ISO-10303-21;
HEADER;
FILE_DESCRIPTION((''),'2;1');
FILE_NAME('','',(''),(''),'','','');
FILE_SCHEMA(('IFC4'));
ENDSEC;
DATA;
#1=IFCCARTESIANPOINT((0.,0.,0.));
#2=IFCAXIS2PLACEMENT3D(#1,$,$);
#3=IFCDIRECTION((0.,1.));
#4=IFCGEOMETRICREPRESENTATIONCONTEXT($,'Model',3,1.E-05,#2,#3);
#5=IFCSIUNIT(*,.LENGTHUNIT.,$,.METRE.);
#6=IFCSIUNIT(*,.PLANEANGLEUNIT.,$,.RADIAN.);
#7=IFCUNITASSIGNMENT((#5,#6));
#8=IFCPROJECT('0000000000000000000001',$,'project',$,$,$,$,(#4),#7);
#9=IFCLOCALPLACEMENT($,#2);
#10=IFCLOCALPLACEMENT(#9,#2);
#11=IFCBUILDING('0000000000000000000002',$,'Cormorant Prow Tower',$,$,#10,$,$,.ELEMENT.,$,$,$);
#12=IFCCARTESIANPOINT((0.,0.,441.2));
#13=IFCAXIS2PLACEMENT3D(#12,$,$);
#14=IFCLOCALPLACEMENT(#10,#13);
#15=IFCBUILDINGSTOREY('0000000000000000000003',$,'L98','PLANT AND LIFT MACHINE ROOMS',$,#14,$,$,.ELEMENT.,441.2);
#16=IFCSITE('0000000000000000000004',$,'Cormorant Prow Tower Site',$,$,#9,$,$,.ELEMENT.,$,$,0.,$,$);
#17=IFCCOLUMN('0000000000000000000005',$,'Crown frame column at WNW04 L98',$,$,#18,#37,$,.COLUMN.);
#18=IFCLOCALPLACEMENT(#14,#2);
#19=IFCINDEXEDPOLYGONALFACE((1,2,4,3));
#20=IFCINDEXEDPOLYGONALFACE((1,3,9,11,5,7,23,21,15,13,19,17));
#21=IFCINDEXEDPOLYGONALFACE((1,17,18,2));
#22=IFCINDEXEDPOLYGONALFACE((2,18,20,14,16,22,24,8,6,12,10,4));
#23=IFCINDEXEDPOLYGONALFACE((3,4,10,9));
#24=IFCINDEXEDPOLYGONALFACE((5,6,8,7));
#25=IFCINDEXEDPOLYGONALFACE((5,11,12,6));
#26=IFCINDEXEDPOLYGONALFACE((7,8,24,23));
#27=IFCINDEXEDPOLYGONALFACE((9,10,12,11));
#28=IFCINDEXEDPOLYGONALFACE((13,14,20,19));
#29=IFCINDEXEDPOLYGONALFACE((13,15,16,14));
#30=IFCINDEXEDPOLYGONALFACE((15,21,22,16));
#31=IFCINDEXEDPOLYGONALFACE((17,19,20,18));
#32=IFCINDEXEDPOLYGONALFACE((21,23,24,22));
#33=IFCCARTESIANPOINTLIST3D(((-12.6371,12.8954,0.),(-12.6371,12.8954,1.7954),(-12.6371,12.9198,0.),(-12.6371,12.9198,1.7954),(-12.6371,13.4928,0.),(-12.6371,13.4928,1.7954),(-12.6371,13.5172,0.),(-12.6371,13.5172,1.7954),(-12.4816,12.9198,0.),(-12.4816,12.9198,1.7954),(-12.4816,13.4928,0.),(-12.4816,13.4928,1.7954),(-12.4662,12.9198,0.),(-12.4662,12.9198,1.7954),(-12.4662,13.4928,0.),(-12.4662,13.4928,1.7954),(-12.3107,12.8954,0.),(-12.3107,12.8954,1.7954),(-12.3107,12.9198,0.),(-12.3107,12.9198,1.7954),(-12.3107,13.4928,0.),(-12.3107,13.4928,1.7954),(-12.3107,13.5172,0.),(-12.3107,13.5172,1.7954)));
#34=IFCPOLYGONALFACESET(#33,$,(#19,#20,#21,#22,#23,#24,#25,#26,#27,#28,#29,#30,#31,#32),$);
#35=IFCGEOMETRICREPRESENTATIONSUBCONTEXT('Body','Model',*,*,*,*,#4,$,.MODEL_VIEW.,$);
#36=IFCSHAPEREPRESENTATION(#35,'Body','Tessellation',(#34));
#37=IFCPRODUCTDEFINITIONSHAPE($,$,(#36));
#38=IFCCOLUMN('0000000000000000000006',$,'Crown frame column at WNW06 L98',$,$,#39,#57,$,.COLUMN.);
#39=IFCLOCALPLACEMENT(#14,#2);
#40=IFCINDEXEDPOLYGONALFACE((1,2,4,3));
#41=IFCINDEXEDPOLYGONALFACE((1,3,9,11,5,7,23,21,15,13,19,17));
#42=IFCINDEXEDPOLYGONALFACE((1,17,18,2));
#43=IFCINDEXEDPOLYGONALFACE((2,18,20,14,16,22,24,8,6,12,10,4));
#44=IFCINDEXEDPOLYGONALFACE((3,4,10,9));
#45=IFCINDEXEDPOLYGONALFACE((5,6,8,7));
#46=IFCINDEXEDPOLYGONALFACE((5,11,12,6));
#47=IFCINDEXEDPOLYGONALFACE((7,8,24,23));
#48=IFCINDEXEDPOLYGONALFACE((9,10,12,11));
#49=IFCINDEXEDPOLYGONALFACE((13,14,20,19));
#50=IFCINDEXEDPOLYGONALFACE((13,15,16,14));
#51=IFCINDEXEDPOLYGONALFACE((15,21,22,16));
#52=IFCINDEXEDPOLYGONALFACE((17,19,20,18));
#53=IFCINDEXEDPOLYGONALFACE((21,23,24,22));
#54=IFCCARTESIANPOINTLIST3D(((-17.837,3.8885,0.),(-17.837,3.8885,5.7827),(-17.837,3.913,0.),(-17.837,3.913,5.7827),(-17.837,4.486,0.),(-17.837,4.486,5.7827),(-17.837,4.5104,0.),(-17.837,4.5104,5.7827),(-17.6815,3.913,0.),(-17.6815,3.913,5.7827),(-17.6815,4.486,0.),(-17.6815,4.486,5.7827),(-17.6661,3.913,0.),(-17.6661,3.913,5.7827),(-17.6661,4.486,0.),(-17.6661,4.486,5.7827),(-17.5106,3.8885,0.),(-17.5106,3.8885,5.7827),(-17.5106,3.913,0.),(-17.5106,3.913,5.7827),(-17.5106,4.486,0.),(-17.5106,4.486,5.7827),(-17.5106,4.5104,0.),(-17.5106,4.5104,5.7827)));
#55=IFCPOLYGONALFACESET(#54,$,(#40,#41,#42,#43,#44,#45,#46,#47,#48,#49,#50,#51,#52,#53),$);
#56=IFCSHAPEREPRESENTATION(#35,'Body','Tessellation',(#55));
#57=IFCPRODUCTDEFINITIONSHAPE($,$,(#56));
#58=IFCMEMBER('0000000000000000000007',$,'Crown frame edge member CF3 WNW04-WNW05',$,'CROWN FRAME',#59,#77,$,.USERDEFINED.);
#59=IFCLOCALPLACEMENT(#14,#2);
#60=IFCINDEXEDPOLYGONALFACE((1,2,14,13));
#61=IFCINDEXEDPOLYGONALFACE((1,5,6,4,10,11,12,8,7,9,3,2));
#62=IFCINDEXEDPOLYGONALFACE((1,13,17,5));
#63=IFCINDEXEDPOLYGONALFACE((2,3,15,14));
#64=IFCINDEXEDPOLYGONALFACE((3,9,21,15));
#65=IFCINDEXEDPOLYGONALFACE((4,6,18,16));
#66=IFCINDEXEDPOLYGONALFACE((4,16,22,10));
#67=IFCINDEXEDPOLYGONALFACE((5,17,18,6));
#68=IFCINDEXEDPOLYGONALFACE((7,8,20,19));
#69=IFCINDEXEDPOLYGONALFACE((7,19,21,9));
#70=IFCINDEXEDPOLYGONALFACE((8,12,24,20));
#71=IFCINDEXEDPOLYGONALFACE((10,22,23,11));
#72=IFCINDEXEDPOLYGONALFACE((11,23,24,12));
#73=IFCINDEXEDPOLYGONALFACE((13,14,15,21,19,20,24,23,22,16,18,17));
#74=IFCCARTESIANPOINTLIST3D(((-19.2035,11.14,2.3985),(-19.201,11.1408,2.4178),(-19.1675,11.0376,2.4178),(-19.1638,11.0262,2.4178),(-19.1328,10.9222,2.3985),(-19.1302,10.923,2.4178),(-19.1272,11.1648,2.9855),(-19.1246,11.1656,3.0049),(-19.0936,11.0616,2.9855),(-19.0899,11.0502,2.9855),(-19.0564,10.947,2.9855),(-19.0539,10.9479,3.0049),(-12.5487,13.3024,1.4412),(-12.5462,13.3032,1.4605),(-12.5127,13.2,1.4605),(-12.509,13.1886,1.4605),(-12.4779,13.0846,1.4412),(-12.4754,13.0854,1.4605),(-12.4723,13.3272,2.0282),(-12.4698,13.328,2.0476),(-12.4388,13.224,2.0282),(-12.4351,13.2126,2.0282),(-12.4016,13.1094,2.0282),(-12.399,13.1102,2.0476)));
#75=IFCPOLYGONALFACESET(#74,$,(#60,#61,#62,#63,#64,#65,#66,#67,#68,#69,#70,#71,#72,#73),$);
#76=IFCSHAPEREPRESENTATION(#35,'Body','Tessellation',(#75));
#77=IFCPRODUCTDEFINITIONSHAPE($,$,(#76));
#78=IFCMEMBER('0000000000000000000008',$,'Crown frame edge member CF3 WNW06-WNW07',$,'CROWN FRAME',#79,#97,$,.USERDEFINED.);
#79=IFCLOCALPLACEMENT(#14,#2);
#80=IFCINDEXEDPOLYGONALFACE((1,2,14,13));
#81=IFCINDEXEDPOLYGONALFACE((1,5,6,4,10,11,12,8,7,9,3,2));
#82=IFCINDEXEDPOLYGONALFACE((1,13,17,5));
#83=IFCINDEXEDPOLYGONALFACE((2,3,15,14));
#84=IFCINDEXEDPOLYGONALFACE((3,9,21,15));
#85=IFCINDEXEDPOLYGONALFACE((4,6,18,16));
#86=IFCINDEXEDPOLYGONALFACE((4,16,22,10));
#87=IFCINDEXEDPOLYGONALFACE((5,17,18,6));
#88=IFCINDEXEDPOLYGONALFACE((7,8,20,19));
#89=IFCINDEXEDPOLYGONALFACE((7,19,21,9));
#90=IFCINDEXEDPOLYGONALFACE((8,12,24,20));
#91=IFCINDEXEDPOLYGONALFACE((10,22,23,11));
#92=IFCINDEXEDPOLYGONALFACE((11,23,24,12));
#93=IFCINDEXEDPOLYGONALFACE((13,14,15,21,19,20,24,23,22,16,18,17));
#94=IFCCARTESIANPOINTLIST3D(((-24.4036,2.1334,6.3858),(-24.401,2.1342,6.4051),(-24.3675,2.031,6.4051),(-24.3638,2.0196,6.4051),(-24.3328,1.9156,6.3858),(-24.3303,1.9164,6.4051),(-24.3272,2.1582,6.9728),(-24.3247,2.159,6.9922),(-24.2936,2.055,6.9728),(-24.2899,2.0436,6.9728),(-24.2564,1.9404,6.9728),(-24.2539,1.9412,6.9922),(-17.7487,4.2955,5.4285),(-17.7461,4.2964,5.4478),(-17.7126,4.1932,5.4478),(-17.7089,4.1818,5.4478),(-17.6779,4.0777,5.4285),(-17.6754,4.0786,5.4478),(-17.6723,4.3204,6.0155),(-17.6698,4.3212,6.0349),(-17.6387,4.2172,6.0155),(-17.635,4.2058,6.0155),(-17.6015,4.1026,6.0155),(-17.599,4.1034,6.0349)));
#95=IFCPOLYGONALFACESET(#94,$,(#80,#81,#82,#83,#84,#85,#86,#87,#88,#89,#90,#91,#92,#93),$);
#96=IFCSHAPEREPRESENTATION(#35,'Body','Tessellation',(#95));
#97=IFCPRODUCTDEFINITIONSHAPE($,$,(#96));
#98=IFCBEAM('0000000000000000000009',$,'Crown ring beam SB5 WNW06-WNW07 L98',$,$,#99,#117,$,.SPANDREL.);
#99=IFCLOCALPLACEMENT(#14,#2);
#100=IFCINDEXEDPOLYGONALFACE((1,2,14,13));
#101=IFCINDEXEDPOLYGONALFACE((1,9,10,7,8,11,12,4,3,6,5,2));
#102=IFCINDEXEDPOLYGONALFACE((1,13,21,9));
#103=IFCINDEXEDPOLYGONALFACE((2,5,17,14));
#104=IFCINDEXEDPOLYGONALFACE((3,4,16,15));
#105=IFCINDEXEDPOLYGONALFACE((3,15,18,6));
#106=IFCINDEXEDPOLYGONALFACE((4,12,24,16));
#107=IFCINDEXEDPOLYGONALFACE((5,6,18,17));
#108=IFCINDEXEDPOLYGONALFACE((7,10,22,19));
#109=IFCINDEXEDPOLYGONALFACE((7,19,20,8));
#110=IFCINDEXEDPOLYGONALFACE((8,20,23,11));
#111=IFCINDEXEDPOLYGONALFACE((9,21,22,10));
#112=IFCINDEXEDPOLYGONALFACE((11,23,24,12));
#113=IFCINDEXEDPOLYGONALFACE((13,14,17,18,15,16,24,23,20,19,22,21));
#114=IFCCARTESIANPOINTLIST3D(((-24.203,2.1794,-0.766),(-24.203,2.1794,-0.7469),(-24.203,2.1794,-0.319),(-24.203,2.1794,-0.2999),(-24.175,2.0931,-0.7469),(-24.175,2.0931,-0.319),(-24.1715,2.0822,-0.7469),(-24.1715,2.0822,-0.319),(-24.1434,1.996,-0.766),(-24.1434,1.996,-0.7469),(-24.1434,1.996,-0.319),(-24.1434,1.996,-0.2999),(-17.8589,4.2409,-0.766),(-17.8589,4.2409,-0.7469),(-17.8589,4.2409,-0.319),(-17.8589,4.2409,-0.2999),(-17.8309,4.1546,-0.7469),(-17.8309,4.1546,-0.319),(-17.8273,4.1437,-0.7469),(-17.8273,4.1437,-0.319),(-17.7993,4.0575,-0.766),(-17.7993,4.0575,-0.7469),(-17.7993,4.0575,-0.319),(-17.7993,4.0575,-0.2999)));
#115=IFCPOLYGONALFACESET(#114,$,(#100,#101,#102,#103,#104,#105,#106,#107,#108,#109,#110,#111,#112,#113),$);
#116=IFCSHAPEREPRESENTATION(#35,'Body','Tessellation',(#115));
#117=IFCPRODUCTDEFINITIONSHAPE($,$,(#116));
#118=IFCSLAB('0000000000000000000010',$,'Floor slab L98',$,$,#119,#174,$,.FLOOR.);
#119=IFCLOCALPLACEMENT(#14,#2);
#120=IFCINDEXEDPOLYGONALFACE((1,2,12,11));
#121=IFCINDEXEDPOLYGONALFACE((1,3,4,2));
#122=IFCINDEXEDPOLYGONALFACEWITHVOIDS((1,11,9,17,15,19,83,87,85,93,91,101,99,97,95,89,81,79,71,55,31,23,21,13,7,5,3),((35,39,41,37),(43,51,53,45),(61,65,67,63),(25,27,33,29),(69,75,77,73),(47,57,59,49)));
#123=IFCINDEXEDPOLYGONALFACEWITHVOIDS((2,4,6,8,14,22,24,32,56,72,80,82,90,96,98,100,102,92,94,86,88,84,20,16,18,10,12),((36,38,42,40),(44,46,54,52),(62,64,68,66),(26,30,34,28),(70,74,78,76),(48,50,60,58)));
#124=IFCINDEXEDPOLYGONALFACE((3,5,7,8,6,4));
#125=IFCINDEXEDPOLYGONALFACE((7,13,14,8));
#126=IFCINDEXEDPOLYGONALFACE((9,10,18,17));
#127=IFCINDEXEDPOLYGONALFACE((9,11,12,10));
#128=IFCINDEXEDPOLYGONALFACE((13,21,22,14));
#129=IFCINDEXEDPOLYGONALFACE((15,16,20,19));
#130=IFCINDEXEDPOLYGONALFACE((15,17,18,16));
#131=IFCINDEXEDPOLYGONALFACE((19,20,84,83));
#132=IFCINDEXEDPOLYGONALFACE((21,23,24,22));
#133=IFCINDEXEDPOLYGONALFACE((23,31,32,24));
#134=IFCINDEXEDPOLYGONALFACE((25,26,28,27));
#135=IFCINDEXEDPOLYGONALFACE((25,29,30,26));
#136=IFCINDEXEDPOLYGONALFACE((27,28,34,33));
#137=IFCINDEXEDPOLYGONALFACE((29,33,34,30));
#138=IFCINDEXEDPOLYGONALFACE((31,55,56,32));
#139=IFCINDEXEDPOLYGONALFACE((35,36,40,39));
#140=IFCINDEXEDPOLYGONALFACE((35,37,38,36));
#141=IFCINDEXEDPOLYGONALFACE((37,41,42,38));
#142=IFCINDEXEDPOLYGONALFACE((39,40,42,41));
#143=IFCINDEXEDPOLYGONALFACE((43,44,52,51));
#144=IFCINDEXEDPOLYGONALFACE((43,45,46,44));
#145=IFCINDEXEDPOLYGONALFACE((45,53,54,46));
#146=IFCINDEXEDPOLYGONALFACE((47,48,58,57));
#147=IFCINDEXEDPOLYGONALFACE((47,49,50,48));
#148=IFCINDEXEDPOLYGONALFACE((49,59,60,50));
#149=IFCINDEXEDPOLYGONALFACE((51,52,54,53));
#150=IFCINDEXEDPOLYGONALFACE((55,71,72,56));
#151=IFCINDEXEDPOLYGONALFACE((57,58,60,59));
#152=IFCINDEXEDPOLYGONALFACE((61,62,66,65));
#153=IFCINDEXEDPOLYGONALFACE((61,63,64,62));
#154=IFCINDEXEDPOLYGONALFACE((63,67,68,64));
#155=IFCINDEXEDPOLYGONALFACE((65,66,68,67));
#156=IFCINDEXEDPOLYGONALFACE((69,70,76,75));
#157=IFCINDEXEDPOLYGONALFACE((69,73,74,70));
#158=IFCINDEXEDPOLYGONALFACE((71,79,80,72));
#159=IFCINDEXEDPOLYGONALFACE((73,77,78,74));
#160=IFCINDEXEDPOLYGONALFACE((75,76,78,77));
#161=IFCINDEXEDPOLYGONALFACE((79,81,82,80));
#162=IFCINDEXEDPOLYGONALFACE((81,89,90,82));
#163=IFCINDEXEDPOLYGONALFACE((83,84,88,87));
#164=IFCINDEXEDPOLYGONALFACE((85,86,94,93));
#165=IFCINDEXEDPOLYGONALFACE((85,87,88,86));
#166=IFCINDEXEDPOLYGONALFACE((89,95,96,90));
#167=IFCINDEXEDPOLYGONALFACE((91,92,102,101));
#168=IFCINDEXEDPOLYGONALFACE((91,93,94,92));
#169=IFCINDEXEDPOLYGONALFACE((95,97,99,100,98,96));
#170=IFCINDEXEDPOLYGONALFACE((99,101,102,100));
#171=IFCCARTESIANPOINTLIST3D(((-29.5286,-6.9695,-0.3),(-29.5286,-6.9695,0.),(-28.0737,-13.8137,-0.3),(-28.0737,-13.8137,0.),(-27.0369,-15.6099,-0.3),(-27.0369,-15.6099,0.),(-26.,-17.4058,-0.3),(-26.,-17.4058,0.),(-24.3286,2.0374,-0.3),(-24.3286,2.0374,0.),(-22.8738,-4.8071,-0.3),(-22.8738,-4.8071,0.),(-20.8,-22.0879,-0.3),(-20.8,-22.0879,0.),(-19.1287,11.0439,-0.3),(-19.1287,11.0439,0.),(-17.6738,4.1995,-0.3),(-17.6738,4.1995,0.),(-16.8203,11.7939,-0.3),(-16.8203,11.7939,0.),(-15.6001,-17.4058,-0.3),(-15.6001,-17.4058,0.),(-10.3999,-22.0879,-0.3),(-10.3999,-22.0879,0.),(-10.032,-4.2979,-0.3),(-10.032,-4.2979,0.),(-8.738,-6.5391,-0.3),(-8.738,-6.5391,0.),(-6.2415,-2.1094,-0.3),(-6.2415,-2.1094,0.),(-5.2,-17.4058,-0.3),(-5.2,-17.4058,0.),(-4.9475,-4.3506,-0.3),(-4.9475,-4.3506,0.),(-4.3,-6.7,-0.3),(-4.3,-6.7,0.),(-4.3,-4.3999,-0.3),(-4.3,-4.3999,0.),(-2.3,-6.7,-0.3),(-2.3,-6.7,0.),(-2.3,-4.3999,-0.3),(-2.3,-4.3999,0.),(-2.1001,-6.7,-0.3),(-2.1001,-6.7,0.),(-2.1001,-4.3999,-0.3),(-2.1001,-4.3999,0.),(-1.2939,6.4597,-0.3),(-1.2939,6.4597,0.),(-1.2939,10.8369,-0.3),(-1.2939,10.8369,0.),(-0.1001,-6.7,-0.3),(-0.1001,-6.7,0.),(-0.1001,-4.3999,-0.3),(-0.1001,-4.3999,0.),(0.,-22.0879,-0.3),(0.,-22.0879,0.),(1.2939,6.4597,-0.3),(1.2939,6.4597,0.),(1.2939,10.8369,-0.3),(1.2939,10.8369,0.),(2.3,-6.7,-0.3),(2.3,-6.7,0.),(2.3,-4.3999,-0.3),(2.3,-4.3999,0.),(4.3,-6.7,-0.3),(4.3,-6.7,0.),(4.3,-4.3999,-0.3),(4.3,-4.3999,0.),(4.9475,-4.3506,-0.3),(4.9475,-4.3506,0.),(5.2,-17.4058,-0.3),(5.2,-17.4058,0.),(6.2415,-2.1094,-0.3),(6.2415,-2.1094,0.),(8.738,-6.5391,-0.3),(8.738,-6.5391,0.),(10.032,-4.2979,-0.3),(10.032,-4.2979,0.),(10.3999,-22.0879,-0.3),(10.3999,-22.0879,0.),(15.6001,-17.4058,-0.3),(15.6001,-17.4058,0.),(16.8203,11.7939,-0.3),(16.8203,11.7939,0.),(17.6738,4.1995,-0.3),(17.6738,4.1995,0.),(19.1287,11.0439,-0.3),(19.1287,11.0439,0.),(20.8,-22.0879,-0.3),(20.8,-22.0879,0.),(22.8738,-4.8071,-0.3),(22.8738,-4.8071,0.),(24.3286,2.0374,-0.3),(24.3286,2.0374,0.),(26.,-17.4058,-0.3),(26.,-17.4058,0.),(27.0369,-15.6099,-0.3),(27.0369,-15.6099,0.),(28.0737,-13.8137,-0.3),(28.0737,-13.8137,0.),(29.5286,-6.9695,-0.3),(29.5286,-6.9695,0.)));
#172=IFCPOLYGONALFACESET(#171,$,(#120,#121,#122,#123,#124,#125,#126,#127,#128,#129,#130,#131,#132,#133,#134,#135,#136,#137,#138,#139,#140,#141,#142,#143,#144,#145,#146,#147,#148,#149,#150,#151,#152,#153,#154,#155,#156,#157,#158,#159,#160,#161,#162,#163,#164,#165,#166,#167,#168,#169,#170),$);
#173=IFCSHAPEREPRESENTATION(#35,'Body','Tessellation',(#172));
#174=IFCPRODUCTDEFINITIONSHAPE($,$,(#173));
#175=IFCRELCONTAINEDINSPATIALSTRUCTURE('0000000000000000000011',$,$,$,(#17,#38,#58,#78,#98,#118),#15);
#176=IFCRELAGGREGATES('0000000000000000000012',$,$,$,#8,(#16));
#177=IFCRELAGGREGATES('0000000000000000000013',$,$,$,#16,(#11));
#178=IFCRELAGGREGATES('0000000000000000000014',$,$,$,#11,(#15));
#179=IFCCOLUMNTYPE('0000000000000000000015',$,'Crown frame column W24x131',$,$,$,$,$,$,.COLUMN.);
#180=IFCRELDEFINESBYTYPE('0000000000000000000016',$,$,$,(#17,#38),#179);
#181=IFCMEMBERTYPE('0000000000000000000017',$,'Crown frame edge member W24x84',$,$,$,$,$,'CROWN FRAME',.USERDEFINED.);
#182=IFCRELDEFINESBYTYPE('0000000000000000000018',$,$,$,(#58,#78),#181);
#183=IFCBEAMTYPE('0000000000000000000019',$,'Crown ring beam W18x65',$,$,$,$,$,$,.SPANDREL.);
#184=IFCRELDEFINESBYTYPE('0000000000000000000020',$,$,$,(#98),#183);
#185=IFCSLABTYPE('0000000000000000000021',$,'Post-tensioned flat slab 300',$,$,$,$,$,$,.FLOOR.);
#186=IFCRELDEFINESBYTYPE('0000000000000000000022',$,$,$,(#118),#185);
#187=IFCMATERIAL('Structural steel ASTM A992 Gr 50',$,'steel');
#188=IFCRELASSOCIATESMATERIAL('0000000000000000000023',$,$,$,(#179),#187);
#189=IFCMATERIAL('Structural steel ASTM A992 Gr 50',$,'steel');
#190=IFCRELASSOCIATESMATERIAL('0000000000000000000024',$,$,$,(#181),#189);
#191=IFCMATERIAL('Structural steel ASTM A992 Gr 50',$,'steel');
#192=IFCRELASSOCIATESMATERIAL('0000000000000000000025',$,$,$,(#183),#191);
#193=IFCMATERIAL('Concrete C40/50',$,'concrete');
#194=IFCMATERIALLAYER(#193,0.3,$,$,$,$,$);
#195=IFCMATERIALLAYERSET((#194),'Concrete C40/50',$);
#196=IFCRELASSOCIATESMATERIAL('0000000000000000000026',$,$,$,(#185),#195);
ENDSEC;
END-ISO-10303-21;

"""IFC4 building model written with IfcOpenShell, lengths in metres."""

from ifc_helpers import new_model, si_unit, direction, frame, origin, origin_2d, place, context, subcontext, project, spatial, polyline, i_section, outline, extrude, material, layer, layer_set, material_profile, profile_set, type_object, element, save


model = new_model("IFC4")

# Units and contexts
model_context = context("Model", 3, precision=1e-05, world=origin(), true_north=direction((0.0, 1.0)))
body_context = subcontext(model_context, "Body", "Model", "MODEL_VIEW")
ifc_project = project(units=[si_unit("LENGTHUNIT", "METRE"), si_unit("PLANEANGLEUNIT", "RADIAN")], contexts=[model_context])

# Site, building, storey
site_placement = place(None, origin())
site = spatial("IfcSite", under=ifc_project, at=site_placement, Name="Cormorant Prow Tower Site", CompositionType="ELEMENT", RefElevation=0.0)
building_placement = place(site_placement, origin())
building = spatial("IfcBuilding", under=site, at=building_placement, Name="Cormorant Prow Tower", CompositionType="ELEMENT")
storey_placement = place(building_placement, frame((0.0, 0.0, 441.2)))
storey = spatial("IfcBuildingStorey", under=building, at=storey_placement, Name="L98", Description="PLANT AND LIFT MACHINE ROOMS", CompositionType="ELEMENT", Elevation=441.2)

# Columns
ifc_material_1 = material(Name="Structural steel ASTM A992 Gr 50", Category="steel")
ifc_material_profile_1 = material_profile(ifc_material_1, i_section(OverallWidth=0.3264, OverallDepth=0.6218, WebThickness=0.0154, FlangeThickness=0.0244, at=origin_2d()), Name="W24x131")
ifc_profile_set_1 = profile_set([ifc_material_profile_1], Name="Structural steel ASTM A992 Gr 50")
column_type = type_object("IfcColumnType", Name="Crown frame column W24x131", PredefinedType="COLUMN", material=ifc_profile_set_1)
column_1_placement = place(storey_placement, frame((-12.4739, 13.2063, 0.0), z_axis=(0.0, 0.0, 1.0), x_axis=(1.0, 0.0, 0.0)))
element("IfcColumn", 1, at=column_1_placement, inside=storey, type_object=column_type, Name="Crown frame column at WNW04 L98", PredefinedType="COLUMN", context=body_context, shape_type="SweptSolid", body=[
    extrude(i_section(OverallWidth=0.3264, OverallDepth=0.6218, WebThickness=0.0154, FlangeThickness=0.0244, at=origin_2d()), origin(), (0.0, 0.0, 1.0), 1.7954),
])
column_2_placement = place(storey_placement, frame((-17.6738, 4.1995, 0.0), z_axis=(0.0, 0.0, 1.0), x_axis=(1.0, 0.0, 0.0)))
element("IfcColumn", 2, at=column_2_placement, inside=storey, type_object=column_type, Name="Crown frame column at WNW06 L98", PredefinedType="COLUMN", context=body_context, shape_type="SweptSolid", body=[
    extrude(i_section(OverallWidth=0.3264, OverallDepth=0.6218, WebThickness=0.0154, FlangeThickness=0.0244, at=origin_2d()), origin(), (0.0, 0.0, 1.0), 5.7827),
])

# Members
ifc_material_2 = material(Name="Structural steel ASTM A992 Gr 50", Category="steel")
ifc_material_profile_2 = material_profile(ifc_material_2, i_section(OverallWidth=0.229, OverallDepth=0.6121, WebThickness=0.012, FlangeThickness=0.0195, at=origin_2d()), Name="W24x84")
ifc_profile_set_2 = profile_set([ifc_material_profile_2], Name="Structural steel ASTM A992 Gr 50")
member_type = type_object("IfcMemberType", Name="Crown frame edge member W24x84", ElementType="CROWN FRAME", PredefinedType="USERDEFINED", material=ifc_profile_set_2)
for number, where, z_axis, x_axis, name in (
    (3, (-12.4739, 13.2063, 1.7444), (-0.942276, -0.306176, 0.135544), (0.309028, -0.951053, 0.0), "Crown frame edge member CF3 WNW04-WNW05"),
    (4, (-17.6738, 4.1995, 5.7317), (-0.942286, -0.306144, 0.135546), (0.308996, -0.951063, 0.0), "Crown frame edge member CF3 WNW06-WNW07"),
):
    element("IfcMember", number, at=place(storey_placement, frame(where, z_axis=z_axis, x_axis=x_axis)), inside=storey, type_object=member_type, Name=name, ObjectType="CROWN FRAME", PredefinedType="USERDEFINED", context=body_context, shape_type="SweptSolid", body=[
        extrude(i_section(OverallWidth=0.229, OverallDepth=0.6121, WebThickness=0.012, FlangeThickness=0.0195, at=origin_2d()), origin(), (0.0, 0.0, 1.0), 7.0625),
    ])

# Beam
ifc_material_3 = material(Name="Structural steel ASTM A992 Gr 50", Category="steel")
ifc_material_profile_3 = material_profile(ifc_material_3, i_section(OverallWidth=0.1929, OverallDepth=0.4661, WebThickness=0.0115, FlangeThickness=0.019, at=origin_2d()), Name="W18x65")
ifc_profile_set_3 = profile_set([ifc_material_profile_3], Name="Structural steel ASTM A992 Gr 50")
beam_type = type_object("IfcBeamType", Name="Crown ring beam W18x65", PredefinedType="SPANDREL", material=ifc_profile_set_3)
beam_placement = place(storey_placement, frame((-17.8291, 4.1492, -0.533), z_axis=(-0.95105, -0.309038, 0.0), x_axis=(0.309038, -0.95105, 0.0)))
element("IfcBeam", 5, at=beam_placement, inside=storey, type_object=beam_type, Name="Crown ring beam SB5 WNW06-WNW07 L98", PredefinedType="SPANDREL", context=body_context, shape_type="SweptSolid", body=[
    extrude(i_section(OverallWidth=0.1929, OverallDepth=0.4661, WebThickness=0.0115, FlangeThickness=0.019, at=origin_2d()), origin(), (0.0, 0.0, 1.0), 6.6707),
])

# Slab
ifc_material_4 = material(Name="Concrete C40/50", Category="concrete")
ifc_layer_1 = layer(ifc_material_4, 0.3)
ifc_layer_set_1 = layer_set([ifc_layer_1], Name="Concrete C40/50")
slab_type = type_object("IfcSlabType", Name="Post-tensioned flat slab 300", PredefinedType="FLOOR", material=ifc_layer_set_1)
slab_placement = place(storey_placement, frame((0.0, 0.0, -0.3)))
element("IfcSlab", 6, at=slab_placement, inside=storey, type_object=slab_type, Name="Floor slab L98", PredefinedType="FLOOR", context=body_context, shape_type="SweptSolid", body=[
    extrude(outline(polyline([(27.0369, -15.6099), (28.0737, -13.8137), (29.5286, -6.9695), (22.8738, -4.8071), (24.3286, 2.0374), (17.6738, 4.1995), (19.1287, 11.0439), (16.8203, 11.7939), (-16.8203, 11.7939), (-19.1287, 11.0439), (-17.6738, 4.1995), (-24.3286, 2.0374), (-22.8738, -4.8071), (-29.5286, -6.9695), (-28.0737, -13.8137), (-27.0369, -15.6099), (-26.0, -17.4058), (-20.8, -22.0879), (-15.6001, -17.4058), (-10.3999, -22.0879), (-5.2, -17.4058), (0.0, -22.0879), (5.2, -17.4058), (10.3999, -22.0879), (15.6001, -17.4058), (20.8, -22.0879), (26.0, -17.4058), (27.0369, -15.6099)]), holes=[polyline([(-4.3, -4.3999), (-2.3, -4.3999), (-2.3, -6.7), (-4.3, -6.7), (-4.3, -4.3999)]), polyline([(-0.1001, -4.3999), (-0.1001, -6.7), (-2.1001, -6.7), (-2.1001, -4.3999), (-0.1001, -4.3999)]), polyline([(4.3, -6.7), (2.3, -6.7), (2.3, -4.3999), (4.3, -4.3999), (4.3, -6.7)]), polyline([(-4.9475, -4.3506), (-8.738, -6.5391), (-10.032, -4.2979), (-6.2415, -2.1094), (-4.9475, -4.3506)]), polyline([(10.032, -4.2979), (8.738, -6.5391), (4.9475, -4.3506), (6.2415, -2.1094), (10.032, -4.2979)]), polyline([(1.2939, 10.8369), (1.2939, 6.4597), (-1.2939, 6.4597), (-1.2939, 10.8369), (1.2939, 10.8369)])]), origin(), (0.0, 0.0, 1.0), 0.3),
])

save(model, "model.ifc")
